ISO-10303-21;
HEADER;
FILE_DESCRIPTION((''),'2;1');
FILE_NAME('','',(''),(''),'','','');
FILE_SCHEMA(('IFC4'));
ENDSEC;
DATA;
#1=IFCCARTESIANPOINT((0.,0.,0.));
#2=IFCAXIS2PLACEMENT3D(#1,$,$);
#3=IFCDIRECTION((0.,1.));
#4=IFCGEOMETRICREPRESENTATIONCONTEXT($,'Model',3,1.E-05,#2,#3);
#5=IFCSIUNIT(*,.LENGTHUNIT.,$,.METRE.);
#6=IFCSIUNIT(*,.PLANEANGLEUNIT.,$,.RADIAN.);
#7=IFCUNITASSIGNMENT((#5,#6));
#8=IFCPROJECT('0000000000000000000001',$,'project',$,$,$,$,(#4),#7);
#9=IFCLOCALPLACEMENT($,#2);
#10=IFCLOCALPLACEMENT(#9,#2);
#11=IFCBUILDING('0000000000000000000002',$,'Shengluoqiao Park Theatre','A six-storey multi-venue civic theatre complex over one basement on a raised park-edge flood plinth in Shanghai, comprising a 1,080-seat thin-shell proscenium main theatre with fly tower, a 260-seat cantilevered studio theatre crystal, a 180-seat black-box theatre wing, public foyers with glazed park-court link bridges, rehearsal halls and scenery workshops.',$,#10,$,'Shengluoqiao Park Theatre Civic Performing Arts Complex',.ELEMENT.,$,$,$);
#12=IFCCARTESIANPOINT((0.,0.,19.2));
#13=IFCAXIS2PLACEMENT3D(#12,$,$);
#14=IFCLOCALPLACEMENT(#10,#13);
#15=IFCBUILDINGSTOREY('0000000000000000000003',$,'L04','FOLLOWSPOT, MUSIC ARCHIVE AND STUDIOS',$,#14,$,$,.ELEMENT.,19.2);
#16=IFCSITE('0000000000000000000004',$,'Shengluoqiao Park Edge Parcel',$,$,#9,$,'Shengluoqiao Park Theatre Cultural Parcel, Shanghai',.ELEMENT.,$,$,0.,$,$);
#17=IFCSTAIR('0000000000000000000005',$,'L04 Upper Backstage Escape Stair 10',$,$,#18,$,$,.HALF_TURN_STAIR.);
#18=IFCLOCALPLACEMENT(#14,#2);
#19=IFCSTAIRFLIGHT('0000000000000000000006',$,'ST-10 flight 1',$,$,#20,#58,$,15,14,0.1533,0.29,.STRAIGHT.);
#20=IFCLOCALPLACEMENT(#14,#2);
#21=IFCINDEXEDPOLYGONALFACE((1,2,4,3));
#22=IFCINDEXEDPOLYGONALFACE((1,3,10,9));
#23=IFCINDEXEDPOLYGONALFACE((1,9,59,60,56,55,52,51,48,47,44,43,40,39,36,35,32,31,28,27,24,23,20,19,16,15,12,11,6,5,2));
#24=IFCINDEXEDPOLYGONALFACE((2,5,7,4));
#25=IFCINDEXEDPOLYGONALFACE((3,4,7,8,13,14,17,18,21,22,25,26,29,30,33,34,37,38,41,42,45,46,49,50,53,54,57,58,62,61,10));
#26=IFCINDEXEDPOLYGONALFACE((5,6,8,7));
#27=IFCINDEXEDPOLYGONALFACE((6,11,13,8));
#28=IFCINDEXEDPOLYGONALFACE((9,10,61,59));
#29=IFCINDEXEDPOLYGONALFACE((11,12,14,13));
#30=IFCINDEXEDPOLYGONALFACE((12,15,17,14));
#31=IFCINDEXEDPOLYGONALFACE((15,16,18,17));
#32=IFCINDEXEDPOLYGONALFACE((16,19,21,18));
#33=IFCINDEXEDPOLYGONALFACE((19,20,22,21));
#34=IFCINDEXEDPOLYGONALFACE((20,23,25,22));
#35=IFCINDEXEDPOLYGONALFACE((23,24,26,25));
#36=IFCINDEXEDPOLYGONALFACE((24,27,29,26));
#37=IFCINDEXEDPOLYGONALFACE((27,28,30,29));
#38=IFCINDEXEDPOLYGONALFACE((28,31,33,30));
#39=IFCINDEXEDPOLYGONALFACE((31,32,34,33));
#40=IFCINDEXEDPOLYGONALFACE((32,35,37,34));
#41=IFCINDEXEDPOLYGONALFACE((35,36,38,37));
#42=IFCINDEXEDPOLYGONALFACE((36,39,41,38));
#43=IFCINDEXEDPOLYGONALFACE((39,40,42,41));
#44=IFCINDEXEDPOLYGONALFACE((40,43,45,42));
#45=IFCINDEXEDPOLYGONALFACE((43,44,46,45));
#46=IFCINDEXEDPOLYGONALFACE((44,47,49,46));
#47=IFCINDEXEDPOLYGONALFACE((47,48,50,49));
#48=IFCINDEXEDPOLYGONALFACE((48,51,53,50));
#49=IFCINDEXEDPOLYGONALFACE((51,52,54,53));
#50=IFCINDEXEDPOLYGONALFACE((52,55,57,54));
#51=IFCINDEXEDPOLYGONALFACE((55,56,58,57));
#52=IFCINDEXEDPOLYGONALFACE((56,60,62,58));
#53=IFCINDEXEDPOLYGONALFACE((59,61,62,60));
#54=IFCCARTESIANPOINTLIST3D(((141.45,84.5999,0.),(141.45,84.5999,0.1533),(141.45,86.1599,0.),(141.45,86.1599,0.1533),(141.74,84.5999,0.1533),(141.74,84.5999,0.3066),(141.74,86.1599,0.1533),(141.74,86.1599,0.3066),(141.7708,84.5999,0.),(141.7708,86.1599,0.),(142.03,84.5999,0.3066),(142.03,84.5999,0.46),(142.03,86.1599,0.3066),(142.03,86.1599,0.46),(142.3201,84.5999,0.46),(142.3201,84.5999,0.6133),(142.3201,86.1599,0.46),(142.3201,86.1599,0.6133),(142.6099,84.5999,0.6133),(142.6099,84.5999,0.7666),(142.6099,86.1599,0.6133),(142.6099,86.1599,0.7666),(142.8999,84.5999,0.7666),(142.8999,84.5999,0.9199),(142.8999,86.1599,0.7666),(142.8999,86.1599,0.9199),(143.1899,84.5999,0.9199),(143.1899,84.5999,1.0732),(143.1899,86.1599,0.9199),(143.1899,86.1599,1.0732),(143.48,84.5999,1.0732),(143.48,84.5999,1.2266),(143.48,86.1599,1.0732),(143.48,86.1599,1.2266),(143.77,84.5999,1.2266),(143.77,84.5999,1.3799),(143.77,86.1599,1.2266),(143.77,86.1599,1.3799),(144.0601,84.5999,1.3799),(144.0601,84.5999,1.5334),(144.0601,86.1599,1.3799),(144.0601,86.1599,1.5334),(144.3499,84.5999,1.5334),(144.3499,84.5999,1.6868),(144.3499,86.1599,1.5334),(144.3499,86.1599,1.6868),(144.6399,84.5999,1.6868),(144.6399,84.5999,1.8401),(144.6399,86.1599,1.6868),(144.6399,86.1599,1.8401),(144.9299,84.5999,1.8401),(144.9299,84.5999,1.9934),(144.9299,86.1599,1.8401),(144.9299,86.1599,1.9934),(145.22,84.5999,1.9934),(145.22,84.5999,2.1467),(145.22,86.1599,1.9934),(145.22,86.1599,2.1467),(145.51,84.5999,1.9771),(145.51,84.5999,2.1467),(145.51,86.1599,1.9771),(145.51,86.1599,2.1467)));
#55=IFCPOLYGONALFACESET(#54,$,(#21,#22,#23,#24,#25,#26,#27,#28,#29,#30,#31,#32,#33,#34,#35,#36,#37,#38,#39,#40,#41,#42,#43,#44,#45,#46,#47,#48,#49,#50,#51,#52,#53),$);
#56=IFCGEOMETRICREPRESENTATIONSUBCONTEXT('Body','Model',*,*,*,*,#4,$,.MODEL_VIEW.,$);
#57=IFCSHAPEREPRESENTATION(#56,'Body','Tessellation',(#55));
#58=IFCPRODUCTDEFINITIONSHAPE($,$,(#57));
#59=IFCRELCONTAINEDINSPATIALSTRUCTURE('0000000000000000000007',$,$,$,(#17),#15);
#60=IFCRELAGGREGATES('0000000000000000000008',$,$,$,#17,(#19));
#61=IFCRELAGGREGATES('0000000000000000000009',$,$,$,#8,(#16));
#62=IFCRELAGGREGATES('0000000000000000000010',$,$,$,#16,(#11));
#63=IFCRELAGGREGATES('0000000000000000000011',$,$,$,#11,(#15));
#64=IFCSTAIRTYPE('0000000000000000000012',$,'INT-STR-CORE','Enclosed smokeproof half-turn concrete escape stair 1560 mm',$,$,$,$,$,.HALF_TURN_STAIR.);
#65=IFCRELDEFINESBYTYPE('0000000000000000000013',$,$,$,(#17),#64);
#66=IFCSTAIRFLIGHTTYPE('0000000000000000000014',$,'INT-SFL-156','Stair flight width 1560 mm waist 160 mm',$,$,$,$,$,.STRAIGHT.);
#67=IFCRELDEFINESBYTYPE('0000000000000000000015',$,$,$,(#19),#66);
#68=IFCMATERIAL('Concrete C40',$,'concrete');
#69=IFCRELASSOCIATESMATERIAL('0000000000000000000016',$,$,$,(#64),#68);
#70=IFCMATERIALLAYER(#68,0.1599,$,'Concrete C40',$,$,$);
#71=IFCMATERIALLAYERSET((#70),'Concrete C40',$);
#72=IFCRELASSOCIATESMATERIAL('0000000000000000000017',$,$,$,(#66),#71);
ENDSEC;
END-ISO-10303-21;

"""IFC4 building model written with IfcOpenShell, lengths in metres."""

from ifc_helpers import new_model, si_unit, direction, frame, origin, place, context, subcontext, project, spatial, polyline, outline, extrude, material, layer, layer_set, type_object, element, aggregate, save


model = new_model("IFC4")

# Units and contexts
model_context = context("Model", 3, precision=1e-05, world=origin(), true_north=direction((0.0, 1.0)))
body_context = subcontext(model_context, "Body", "Model", "MODEL_VIEW")
ifc_project = project(units=[si_unit("LENGTHUNIT", "METRE"), si_unit("PLANEANGLEUNIT", "RADIAN")], contexts=[model_context])

# Site, building, storey
site_placement = place(None, origin())
site = spatial("IfcSite", under=ifc_project, at=site_placement, Name="Shengluoqiao Park Edge Parcel", LongName="Shengluoqiao Park Theatre Cultural Parcel, Shanghai", CompositionType="ELEMENT", RefElevation=0.0)
building_placement = place(site_placement, origin())
building = spatial("IfcBuilding", under=site, at=building_placement, Name="Shengluoqiao Park Theatre", Description="A six-storey multi-venue civic theatre complex over one basement on a raised park-edge flood plinth in Shanghai, comprising a 1,080-seat thin-shell proscenium main theatre with fly tower, a 260-seat cantilevered studio theatre crystal, a 180-seat black-box theatre wing, public foyers with glazed park-court link bridges, rehearsal halls and scenery workshops.", LongName="Shengluoqiao Park Theatre Civic Performing Arts Complex", CompositionType="ELEMENT")
storey_placement = place(building_placement, frame((0.0, 0.0, 19.2)))
storey = spatial("IfcBuildingStorey", under=building, at=storey_placement, Name="L04", Description="FOLLOWSPOT, MUSIC ARCHIVE AND STUDIOS", CompositionType="ELEMENT", Elevation=19.2)

# Stair, stair flight
ifc_material_1 = material(Name="Concrete C40", Category="concrete")
stair_type = type_object("IfcStairType", Name="INT-STR-CORE", Description="Enclosed smokeproof half-turn concrete escape stair 1560 mm", PredefinedType="HALF_TURN_STAIR", material=ifc_material_1)
stair_placement = place(storey_placement, origin())
stair = element("IfcStair", 1, at=stair_placement, inside=storey, type_object=stair_type, Name="L04 Upper Backstage Escape Stair 10", PredefinedType="HALF_TURN_STAIR")
ifc_layer_1 = layer(ifc_material_1, 0.1599, Name="Concrete C40")
ifc_layer_set_1 = layer_set([ifc_layer_1], Name="Concrete C40")
stair_flight_type = type_object("IfcStairFlightType", Name="INT-SFL-156", Description="Stair flight width 1560 mm waist 160 mm", PredefinedType="STRAIGHT", material=ifc_layer_set_1)
stair_flight_placement = place(storey_placement, frame((141.45, 85.3799, 0.0), z_axis=(0.0, 0.0, 1.0), x_axis=(1.0, 0.0, 0.0)))
stair_flight = element("IfcStairFlight", 2, at=stair_flight_placement, type_object=stair_flight_type, Name="ST-10 flight 1", NumberOfRisers=15, NumberOfTreads=14, PredefinedType="STRAIGHT", RiserHeight=0.1533, TreadLength=0.29, context=body_context, shape_type="SweptSolid", body=[
    extrude(outline(polyline([(0.0, 0.0), (0.0, 0.1533), (0.29, 0.1533), (0.29, 0.3066), (0.5801, 0.3066), (0.5801, 0.46), (0.8701, 0.46), (0.8701, 0.6133), (1.1599, 0.6133), (1.1599, 0.7666), (1.45, 0.7666), (1.45, 0.9199), (1.74, 0.9199), (1.74, 1.0732), (2.03, 1.0732), (2.03, 1.2266), (2.3201, 1.2266), (2.3201, 1.3799), (2.6101, 1.3799), (2.6101, 1.5334), (2.8999, 1.5334), (2.8999, 1.6868), (3.1899, 1.6868), (3.1899, 1.8401), (3.48, 1.8401), (3.48, 1.9934), (3.77, 1.9934), (3.77, 2.1467), (4.0601, 2.1467), (4.0601, 2.3), (4.0601, 1.9771), (0.3208, 0.0), (0.0, 0.0)])), frame((0.0, 0.78, 0.0), z_axis=(0.0, -1.0, 0.0), x_axis=(1.0, 0.0, 0.0)), (0.0, 0.0, 1.0), 1.5601),
])
aggregate(stair, [stair_flight])

save(model, "model.ifc")
